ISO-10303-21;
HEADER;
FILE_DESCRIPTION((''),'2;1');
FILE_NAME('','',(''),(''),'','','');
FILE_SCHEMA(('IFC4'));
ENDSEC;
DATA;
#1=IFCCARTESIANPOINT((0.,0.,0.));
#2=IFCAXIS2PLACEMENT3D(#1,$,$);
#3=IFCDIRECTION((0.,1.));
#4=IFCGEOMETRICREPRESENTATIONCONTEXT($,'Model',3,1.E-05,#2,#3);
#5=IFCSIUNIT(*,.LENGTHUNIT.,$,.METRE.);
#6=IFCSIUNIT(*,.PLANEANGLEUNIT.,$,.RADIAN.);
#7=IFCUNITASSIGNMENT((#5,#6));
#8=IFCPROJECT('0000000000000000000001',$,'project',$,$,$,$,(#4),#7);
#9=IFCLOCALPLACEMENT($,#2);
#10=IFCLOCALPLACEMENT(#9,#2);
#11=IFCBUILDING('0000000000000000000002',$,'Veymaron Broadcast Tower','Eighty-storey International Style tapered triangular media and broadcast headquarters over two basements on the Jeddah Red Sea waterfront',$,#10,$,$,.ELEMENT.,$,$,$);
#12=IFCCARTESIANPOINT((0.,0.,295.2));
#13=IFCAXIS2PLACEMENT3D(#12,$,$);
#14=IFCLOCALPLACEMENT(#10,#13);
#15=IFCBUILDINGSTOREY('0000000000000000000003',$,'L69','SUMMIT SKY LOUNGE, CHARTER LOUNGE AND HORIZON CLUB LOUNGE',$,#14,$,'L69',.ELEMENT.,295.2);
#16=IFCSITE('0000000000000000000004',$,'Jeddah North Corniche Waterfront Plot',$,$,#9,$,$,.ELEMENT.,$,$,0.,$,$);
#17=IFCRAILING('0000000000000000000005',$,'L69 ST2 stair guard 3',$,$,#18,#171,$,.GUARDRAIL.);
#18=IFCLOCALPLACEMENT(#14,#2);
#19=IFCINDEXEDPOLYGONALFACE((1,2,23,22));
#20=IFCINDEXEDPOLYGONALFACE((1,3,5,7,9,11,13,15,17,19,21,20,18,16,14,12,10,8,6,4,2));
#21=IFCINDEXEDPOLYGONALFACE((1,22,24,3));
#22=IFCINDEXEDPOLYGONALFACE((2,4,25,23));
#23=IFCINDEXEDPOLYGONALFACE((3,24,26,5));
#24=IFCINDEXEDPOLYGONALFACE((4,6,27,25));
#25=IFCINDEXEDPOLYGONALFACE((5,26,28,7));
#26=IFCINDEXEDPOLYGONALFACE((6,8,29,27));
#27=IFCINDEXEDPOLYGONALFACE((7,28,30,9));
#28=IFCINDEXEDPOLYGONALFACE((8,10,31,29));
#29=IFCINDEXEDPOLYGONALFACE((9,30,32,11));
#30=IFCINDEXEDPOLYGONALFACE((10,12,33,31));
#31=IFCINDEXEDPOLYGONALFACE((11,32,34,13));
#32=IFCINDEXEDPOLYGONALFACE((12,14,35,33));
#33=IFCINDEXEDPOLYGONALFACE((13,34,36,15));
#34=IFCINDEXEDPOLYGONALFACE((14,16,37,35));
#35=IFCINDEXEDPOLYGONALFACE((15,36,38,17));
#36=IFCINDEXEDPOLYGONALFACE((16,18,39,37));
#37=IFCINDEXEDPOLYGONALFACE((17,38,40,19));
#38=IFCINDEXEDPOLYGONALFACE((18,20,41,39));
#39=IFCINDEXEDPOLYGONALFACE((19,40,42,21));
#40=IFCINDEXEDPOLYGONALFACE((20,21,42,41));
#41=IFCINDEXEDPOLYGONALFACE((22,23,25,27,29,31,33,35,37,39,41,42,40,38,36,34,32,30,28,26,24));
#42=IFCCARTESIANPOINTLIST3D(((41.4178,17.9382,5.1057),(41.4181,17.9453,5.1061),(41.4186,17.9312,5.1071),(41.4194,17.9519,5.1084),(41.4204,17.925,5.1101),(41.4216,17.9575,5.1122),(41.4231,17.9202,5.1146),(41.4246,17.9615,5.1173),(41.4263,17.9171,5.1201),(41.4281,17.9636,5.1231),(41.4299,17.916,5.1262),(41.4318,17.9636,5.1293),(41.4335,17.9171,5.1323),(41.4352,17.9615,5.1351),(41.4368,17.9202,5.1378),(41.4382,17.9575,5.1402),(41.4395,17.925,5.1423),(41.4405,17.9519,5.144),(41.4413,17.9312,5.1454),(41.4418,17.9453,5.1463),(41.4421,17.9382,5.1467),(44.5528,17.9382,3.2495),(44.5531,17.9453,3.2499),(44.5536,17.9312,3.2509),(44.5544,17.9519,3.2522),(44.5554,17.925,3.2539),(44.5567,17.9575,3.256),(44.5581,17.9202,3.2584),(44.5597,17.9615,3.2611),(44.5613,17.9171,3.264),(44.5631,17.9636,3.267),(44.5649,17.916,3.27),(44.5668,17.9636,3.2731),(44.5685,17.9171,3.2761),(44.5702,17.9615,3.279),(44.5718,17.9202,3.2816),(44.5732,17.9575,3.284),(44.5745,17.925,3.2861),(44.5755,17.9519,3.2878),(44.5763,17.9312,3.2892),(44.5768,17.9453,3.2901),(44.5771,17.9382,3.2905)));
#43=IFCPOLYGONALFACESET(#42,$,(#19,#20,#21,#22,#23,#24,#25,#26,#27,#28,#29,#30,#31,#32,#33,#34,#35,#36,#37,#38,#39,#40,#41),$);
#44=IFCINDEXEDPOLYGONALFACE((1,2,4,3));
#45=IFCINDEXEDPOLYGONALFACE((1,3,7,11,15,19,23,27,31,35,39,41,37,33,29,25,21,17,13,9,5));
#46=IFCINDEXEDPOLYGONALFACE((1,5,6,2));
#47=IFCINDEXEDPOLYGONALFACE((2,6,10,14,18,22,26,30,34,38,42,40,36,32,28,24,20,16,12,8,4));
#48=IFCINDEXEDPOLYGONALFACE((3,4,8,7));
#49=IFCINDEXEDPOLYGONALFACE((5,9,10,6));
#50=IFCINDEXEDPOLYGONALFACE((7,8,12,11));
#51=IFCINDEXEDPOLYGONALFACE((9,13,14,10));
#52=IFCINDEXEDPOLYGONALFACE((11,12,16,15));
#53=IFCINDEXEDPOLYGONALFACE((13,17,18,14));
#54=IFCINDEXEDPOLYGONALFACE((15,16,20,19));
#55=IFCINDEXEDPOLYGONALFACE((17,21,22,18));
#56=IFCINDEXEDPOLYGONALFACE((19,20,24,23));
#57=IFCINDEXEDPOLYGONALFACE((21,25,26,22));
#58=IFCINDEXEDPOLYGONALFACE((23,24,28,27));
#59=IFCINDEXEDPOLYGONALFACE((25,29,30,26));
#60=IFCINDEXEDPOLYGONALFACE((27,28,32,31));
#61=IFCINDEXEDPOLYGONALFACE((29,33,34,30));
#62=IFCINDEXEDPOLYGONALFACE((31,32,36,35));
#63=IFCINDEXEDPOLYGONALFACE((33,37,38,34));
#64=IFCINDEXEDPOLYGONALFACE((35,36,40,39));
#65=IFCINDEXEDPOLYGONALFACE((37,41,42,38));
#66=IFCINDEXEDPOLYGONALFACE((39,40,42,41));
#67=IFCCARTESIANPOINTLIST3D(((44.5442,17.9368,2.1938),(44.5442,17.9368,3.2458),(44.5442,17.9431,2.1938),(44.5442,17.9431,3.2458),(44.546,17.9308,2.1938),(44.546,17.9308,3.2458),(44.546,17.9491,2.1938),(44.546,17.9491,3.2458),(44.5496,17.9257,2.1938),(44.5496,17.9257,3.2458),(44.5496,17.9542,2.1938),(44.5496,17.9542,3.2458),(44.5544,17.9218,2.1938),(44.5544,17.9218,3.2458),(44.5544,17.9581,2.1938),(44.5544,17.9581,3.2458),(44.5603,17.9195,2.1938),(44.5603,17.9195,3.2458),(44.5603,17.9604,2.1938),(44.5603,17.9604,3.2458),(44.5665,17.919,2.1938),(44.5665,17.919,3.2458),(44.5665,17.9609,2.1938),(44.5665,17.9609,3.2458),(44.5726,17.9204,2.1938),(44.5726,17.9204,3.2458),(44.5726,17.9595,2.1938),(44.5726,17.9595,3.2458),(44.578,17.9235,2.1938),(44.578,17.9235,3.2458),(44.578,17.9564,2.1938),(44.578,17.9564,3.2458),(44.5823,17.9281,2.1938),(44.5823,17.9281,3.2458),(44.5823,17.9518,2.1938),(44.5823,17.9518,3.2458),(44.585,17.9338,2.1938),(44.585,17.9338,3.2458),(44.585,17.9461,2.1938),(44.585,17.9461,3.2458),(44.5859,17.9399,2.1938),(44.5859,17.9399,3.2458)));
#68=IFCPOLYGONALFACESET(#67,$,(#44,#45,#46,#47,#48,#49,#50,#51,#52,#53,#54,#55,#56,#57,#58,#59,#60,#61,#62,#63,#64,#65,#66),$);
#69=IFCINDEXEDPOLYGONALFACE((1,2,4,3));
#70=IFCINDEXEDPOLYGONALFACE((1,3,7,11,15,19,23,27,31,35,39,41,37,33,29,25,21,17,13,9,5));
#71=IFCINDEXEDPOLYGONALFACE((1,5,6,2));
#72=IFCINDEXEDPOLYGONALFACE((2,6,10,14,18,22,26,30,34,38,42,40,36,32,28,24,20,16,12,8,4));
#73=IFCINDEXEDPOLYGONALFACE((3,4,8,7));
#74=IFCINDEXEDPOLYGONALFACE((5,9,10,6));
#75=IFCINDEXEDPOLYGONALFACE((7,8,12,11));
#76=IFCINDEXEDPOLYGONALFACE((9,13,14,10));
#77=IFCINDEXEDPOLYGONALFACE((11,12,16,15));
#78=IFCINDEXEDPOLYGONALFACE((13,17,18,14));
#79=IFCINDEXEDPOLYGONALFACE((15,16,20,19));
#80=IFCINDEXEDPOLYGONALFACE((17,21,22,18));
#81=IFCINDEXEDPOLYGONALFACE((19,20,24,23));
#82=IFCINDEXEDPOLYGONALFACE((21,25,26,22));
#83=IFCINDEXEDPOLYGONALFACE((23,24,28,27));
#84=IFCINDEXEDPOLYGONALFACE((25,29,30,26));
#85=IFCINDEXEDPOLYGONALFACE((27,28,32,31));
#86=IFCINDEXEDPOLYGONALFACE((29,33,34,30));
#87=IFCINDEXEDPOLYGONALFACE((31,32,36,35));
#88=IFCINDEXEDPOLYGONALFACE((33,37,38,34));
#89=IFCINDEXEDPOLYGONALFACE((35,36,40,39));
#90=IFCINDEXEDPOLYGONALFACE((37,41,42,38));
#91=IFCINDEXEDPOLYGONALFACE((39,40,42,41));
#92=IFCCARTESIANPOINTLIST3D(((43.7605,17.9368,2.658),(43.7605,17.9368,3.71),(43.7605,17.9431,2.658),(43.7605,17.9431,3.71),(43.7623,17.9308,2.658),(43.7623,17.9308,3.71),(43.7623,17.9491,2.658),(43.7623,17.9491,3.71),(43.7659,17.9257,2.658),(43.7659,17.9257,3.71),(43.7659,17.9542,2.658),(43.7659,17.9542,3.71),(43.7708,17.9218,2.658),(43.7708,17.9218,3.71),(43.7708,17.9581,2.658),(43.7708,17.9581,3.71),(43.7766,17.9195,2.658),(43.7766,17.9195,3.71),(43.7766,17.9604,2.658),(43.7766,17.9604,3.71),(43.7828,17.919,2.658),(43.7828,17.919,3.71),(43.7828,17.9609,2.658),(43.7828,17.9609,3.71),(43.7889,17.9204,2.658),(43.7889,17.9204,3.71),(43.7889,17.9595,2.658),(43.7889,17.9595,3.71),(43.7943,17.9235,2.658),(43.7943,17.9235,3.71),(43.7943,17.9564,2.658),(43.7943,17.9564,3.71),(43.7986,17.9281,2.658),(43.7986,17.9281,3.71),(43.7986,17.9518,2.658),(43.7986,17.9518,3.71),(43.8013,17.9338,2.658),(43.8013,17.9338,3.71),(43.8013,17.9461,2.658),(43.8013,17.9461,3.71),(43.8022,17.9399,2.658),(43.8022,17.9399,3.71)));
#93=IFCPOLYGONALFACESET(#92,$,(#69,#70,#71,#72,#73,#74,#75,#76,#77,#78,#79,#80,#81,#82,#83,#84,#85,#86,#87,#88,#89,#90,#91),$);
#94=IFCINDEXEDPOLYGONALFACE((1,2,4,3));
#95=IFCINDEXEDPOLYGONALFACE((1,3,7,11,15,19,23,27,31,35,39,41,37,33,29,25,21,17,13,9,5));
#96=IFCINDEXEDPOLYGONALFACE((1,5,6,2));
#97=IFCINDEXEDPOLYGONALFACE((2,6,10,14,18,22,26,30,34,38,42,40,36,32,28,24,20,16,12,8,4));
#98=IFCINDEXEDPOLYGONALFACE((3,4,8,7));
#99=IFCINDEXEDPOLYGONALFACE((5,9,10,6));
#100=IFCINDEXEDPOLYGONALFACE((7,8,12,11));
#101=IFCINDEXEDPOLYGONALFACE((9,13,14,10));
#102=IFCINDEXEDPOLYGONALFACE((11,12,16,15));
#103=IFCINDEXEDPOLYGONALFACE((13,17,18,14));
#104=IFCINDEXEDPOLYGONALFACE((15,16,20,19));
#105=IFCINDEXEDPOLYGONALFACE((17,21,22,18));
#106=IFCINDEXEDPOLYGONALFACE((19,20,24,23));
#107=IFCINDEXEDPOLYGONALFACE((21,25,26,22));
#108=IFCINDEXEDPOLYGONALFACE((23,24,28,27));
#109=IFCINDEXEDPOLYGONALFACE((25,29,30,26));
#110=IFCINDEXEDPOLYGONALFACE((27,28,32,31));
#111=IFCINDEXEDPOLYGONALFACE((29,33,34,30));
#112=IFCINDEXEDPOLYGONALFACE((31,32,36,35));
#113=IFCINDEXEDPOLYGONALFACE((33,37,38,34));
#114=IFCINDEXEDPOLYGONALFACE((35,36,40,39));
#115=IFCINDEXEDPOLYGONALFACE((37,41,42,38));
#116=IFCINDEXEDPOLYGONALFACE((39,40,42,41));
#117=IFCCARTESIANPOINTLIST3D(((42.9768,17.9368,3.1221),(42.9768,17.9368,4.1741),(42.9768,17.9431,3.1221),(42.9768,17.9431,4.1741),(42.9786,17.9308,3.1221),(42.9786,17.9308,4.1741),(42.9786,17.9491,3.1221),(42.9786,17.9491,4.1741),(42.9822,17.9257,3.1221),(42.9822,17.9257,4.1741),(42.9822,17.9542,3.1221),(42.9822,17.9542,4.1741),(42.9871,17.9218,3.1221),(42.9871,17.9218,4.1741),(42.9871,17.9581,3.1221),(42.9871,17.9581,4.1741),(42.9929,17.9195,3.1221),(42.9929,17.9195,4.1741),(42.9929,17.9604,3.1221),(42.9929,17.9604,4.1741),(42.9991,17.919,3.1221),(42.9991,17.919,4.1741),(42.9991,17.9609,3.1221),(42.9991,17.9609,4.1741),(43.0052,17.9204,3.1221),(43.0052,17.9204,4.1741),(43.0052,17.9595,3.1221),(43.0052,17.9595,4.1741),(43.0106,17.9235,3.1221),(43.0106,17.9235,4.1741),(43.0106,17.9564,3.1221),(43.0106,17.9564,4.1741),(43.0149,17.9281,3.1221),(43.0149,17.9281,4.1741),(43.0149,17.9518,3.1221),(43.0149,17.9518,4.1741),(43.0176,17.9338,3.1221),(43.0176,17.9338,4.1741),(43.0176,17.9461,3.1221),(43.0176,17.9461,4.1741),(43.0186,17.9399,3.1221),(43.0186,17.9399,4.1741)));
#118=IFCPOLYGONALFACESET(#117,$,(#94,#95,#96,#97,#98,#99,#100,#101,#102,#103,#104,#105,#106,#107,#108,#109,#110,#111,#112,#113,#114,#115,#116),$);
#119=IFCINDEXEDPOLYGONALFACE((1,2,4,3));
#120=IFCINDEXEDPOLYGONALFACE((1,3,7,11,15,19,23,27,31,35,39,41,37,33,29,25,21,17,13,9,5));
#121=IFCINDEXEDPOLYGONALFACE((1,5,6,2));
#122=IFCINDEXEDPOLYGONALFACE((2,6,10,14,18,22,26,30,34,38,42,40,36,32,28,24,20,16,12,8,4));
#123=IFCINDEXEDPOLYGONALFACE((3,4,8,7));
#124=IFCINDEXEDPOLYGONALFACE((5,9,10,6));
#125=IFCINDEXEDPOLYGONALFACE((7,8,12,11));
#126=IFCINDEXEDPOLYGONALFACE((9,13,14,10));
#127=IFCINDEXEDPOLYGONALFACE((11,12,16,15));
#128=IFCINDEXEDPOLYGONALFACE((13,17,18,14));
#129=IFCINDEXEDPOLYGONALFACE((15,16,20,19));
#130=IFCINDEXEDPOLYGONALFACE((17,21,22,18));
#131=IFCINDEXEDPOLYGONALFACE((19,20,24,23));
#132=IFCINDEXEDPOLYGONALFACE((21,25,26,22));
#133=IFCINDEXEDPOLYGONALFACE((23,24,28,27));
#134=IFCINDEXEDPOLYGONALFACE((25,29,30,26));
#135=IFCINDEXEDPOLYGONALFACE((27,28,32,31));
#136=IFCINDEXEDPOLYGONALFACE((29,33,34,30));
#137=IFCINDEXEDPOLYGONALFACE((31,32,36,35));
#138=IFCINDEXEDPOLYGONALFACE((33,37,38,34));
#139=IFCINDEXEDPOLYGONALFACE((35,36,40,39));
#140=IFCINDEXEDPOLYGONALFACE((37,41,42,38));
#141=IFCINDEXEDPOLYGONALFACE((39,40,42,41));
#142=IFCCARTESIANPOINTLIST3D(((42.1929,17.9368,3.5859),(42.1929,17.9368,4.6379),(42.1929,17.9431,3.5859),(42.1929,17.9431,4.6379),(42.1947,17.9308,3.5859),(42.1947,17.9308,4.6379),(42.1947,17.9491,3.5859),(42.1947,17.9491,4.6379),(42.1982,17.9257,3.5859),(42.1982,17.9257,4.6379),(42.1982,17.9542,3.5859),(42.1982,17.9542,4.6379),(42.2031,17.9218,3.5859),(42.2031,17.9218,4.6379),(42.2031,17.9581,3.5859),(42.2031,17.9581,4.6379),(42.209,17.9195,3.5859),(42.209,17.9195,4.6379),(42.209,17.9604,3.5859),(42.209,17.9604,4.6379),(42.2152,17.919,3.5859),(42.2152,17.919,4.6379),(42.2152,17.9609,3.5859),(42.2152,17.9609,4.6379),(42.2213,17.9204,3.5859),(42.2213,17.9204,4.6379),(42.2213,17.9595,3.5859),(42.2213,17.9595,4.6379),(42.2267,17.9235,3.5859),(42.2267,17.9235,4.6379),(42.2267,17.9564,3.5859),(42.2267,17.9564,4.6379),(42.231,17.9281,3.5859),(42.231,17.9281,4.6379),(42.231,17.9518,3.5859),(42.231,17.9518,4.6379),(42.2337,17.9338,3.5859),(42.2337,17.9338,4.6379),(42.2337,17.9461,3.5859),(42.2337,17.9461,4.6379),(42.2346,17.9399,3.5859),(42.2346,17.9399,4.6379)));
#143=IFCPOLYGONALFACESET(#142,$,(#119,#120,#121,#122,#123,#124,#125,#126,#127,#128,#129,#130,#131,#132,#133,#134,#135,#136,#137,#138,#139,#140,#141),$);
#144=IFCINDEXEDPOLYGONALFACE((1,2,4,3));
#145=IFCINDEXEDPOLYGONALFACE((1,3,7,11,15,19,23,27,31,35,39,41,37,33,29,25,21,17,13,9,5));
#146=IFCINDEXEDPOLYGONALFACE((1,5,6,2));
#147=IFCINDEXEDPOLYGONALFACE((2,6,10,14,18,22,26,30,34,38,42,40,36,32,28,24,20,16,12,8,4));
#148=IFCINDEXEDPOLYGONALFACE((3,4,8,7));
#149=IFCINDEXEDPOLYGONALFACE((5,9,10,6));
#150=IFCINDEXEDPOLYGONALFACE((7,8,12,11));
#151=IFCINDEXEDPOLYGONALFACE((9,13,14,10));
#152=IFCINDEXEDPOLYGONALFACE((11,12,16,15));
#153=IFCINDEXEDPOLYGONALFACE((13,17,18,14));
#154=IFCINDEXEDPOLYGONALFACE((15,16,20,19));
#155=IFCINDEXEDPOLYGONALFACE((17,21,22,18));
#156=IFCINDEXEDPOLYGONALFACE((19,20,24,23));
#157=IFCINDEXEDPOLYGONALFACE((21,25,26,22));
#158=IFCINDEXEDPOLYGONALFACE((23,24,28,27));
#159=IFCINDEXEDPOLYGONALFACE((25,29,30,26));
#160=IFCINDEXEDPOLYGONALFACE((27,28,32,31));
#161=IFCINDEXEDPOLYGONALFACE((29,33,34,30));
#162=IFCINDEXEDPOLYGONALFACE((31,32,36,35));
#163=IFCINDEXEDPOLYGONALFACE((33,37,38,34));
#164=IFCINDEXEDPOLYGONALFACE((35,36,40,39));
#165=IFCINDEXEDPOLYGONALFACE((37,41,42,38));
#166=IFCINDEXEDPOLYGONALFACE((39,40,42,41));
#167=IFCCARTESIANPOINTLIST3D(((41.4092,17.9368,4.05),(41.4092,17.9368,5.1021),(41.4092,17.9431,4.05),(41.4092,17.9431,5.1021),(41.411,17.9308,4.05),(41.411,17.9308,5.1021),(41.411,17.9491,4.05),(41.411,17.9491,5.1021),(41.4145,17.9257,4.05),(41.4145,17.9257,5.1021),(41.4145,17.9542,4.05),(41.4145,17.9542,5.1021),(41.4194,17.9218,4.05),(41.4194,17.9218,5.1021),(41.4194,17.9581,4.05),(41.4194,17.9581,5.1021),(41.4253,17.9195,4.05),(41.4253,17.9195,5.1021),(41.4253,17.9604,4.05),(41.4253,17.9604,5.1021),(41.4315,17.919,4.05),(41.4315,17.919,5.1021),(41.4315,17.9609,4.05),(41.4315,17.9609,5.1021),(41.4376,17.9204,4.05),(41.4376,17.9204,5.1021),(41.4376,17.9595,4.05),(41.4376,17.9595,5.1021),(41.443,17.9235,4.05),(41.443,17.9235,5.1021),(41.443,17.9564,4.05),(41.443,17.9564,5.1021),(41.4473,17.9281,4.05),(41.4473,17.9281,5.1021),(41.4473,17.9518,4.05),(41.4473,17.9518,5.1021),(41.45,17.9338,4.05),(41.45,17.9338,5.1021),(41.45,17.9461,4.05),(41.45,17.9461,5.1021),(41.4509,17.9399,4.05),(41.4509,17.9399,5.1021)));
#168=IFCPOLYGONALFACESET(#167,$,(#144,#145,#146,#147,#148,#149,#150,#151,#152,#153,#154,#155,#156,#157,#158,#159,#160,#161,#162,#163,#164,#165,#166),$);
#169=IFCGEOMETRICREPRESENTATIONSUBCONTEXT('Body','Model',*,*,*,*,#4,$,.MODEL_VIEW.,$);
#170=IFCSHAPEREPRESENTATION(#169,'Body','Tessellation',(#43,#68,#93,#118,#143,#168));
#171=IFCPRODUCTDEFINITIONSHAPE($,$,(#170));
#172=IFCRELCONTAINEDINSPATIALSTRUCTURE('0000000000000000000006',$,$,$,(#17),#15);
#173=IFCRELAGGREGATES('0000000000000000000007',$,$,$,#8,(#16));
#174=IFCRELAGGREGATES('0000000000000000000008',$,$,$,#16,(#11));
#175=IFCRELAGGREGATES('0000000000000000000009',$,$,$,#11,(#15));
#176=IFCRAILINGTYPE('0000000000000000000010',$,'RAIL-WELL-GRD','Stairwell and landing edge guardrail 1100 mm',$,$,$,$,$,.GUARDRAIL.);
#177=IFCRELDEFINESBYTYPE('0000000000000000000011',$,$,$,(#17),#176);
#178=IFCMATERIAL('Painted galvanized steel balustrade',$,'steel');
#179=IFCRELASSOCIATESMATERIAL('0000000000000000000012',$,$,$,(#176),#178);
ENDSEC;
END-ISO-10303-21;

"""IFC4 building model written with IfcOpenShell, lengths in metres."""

from ifc_helpers import new_model, si_unit, direction, frame, origin, origin_2d, place, context, subcontext, project, spatial, circle, extrude, material, type_object, element, save


model = new_model("IFC4")

# Units and contexts
model_context = context("Model", 3, precision=1e-05, world=origin(), true_north=direction((0.0, 1.0)))
body_context = subcontext(model_context, "Body", "Model", "MODEL_VIEW")
ifc_project = project(units=[si_unit("LENGTHUNIT", "METRE"), si_unit("PLANEANGLEUNIT", "RADIAN")], contexts=[model_context])

# Site, building, storey
site_placement = place(None, origin())
site = spatial("IfcSite", under=ifc_project, at=site_placement, Name="Jeddah North Corniche Waterfront Plot", CompositionType="ELEMENT", RefElevation=0.0)
building_placement = place(site_placement, origin())
building = spatial("IfcBuilding", under=site, at=building_placement, Name="Veymaron Broadcast Tower", Description="Eighty-storey International Style tapered triangular media and broadcast headquarters over two basements on the Jeddah Red Sea waterfront", CompositionType="ELEMENT")
storey_placement = place(building_placement, frame((0.0, 0.0, 295.2)))
storey = spatial("IfcBuildingStorey", under=building, at=storey_placement, Name="L69", Description="SUMMIT SKY LOUNGE, CHARTER LOUNGE AND HORIZON CLUB LOUNGE", LongName="L69", CompositionType="ELEMENT", Elevation=295.2)

# Railing
ifc_material_1 = material(Name="Painted galvanized steel balustrade", Category="steel")
railing_type_1 = type_object("IfcRailingType", Name="RAIL-WELL-GRD", Description="Stairwell and landing edge guardrail 1100 mm", PredefinedType="GUARDRAIL", material=ifc_material_1)
railing_1_placement = place(storey_placement, frame((44.5649, 17.9399, 2.1938)))
element("IfcRailing", 1, at=railing_1_placement, inside=storey, type_object=railing_type_1, Name="L69 ST2 stair guard 3", PredefinedType="GUARDRAIL", context=body_context, shape_type="SweptSolid", body=[
    extrude(circle(Radius=0.0239, at=origin_2d()), frame((0.0, 0.0, 1.0762), z_axis=(-0.860482, 0.0, 0.509481), x_axis=(0.0, -1.0, 0.0)), (0.0, 0.0, 1.0), 3.6433),
    extrude(circle(Radius=0.021, at=origin_2d()), origin(), (0.0, 0.0, 1.0), 1.052),
    extrude(circle(Radius=0.021, at=origin_2d()), frame((-0.7837, 0.0, 0.4641)), (0.0, 0.0, 1.0), 1.052),
    extrude(circle(Radius=0.021, at=origin_2d()), frame((-1.5674, 0.0, 0.9282)), (0.0, 0.0, 1.0), 1.052),
    extrude(circle(Radius=0.021, at=origin_2d()), frame((-2.3513, 0.0, 1.3921)), (0.0, 0.0, 1.0), 1.052),
    extrude(circle(Radius=0.021, at=origin_2d()), frame((-3.135, 0.0, 1.8562)), (0.0, 0.0, 1.0), 1.052),
])

save(model, "model.ifc")
